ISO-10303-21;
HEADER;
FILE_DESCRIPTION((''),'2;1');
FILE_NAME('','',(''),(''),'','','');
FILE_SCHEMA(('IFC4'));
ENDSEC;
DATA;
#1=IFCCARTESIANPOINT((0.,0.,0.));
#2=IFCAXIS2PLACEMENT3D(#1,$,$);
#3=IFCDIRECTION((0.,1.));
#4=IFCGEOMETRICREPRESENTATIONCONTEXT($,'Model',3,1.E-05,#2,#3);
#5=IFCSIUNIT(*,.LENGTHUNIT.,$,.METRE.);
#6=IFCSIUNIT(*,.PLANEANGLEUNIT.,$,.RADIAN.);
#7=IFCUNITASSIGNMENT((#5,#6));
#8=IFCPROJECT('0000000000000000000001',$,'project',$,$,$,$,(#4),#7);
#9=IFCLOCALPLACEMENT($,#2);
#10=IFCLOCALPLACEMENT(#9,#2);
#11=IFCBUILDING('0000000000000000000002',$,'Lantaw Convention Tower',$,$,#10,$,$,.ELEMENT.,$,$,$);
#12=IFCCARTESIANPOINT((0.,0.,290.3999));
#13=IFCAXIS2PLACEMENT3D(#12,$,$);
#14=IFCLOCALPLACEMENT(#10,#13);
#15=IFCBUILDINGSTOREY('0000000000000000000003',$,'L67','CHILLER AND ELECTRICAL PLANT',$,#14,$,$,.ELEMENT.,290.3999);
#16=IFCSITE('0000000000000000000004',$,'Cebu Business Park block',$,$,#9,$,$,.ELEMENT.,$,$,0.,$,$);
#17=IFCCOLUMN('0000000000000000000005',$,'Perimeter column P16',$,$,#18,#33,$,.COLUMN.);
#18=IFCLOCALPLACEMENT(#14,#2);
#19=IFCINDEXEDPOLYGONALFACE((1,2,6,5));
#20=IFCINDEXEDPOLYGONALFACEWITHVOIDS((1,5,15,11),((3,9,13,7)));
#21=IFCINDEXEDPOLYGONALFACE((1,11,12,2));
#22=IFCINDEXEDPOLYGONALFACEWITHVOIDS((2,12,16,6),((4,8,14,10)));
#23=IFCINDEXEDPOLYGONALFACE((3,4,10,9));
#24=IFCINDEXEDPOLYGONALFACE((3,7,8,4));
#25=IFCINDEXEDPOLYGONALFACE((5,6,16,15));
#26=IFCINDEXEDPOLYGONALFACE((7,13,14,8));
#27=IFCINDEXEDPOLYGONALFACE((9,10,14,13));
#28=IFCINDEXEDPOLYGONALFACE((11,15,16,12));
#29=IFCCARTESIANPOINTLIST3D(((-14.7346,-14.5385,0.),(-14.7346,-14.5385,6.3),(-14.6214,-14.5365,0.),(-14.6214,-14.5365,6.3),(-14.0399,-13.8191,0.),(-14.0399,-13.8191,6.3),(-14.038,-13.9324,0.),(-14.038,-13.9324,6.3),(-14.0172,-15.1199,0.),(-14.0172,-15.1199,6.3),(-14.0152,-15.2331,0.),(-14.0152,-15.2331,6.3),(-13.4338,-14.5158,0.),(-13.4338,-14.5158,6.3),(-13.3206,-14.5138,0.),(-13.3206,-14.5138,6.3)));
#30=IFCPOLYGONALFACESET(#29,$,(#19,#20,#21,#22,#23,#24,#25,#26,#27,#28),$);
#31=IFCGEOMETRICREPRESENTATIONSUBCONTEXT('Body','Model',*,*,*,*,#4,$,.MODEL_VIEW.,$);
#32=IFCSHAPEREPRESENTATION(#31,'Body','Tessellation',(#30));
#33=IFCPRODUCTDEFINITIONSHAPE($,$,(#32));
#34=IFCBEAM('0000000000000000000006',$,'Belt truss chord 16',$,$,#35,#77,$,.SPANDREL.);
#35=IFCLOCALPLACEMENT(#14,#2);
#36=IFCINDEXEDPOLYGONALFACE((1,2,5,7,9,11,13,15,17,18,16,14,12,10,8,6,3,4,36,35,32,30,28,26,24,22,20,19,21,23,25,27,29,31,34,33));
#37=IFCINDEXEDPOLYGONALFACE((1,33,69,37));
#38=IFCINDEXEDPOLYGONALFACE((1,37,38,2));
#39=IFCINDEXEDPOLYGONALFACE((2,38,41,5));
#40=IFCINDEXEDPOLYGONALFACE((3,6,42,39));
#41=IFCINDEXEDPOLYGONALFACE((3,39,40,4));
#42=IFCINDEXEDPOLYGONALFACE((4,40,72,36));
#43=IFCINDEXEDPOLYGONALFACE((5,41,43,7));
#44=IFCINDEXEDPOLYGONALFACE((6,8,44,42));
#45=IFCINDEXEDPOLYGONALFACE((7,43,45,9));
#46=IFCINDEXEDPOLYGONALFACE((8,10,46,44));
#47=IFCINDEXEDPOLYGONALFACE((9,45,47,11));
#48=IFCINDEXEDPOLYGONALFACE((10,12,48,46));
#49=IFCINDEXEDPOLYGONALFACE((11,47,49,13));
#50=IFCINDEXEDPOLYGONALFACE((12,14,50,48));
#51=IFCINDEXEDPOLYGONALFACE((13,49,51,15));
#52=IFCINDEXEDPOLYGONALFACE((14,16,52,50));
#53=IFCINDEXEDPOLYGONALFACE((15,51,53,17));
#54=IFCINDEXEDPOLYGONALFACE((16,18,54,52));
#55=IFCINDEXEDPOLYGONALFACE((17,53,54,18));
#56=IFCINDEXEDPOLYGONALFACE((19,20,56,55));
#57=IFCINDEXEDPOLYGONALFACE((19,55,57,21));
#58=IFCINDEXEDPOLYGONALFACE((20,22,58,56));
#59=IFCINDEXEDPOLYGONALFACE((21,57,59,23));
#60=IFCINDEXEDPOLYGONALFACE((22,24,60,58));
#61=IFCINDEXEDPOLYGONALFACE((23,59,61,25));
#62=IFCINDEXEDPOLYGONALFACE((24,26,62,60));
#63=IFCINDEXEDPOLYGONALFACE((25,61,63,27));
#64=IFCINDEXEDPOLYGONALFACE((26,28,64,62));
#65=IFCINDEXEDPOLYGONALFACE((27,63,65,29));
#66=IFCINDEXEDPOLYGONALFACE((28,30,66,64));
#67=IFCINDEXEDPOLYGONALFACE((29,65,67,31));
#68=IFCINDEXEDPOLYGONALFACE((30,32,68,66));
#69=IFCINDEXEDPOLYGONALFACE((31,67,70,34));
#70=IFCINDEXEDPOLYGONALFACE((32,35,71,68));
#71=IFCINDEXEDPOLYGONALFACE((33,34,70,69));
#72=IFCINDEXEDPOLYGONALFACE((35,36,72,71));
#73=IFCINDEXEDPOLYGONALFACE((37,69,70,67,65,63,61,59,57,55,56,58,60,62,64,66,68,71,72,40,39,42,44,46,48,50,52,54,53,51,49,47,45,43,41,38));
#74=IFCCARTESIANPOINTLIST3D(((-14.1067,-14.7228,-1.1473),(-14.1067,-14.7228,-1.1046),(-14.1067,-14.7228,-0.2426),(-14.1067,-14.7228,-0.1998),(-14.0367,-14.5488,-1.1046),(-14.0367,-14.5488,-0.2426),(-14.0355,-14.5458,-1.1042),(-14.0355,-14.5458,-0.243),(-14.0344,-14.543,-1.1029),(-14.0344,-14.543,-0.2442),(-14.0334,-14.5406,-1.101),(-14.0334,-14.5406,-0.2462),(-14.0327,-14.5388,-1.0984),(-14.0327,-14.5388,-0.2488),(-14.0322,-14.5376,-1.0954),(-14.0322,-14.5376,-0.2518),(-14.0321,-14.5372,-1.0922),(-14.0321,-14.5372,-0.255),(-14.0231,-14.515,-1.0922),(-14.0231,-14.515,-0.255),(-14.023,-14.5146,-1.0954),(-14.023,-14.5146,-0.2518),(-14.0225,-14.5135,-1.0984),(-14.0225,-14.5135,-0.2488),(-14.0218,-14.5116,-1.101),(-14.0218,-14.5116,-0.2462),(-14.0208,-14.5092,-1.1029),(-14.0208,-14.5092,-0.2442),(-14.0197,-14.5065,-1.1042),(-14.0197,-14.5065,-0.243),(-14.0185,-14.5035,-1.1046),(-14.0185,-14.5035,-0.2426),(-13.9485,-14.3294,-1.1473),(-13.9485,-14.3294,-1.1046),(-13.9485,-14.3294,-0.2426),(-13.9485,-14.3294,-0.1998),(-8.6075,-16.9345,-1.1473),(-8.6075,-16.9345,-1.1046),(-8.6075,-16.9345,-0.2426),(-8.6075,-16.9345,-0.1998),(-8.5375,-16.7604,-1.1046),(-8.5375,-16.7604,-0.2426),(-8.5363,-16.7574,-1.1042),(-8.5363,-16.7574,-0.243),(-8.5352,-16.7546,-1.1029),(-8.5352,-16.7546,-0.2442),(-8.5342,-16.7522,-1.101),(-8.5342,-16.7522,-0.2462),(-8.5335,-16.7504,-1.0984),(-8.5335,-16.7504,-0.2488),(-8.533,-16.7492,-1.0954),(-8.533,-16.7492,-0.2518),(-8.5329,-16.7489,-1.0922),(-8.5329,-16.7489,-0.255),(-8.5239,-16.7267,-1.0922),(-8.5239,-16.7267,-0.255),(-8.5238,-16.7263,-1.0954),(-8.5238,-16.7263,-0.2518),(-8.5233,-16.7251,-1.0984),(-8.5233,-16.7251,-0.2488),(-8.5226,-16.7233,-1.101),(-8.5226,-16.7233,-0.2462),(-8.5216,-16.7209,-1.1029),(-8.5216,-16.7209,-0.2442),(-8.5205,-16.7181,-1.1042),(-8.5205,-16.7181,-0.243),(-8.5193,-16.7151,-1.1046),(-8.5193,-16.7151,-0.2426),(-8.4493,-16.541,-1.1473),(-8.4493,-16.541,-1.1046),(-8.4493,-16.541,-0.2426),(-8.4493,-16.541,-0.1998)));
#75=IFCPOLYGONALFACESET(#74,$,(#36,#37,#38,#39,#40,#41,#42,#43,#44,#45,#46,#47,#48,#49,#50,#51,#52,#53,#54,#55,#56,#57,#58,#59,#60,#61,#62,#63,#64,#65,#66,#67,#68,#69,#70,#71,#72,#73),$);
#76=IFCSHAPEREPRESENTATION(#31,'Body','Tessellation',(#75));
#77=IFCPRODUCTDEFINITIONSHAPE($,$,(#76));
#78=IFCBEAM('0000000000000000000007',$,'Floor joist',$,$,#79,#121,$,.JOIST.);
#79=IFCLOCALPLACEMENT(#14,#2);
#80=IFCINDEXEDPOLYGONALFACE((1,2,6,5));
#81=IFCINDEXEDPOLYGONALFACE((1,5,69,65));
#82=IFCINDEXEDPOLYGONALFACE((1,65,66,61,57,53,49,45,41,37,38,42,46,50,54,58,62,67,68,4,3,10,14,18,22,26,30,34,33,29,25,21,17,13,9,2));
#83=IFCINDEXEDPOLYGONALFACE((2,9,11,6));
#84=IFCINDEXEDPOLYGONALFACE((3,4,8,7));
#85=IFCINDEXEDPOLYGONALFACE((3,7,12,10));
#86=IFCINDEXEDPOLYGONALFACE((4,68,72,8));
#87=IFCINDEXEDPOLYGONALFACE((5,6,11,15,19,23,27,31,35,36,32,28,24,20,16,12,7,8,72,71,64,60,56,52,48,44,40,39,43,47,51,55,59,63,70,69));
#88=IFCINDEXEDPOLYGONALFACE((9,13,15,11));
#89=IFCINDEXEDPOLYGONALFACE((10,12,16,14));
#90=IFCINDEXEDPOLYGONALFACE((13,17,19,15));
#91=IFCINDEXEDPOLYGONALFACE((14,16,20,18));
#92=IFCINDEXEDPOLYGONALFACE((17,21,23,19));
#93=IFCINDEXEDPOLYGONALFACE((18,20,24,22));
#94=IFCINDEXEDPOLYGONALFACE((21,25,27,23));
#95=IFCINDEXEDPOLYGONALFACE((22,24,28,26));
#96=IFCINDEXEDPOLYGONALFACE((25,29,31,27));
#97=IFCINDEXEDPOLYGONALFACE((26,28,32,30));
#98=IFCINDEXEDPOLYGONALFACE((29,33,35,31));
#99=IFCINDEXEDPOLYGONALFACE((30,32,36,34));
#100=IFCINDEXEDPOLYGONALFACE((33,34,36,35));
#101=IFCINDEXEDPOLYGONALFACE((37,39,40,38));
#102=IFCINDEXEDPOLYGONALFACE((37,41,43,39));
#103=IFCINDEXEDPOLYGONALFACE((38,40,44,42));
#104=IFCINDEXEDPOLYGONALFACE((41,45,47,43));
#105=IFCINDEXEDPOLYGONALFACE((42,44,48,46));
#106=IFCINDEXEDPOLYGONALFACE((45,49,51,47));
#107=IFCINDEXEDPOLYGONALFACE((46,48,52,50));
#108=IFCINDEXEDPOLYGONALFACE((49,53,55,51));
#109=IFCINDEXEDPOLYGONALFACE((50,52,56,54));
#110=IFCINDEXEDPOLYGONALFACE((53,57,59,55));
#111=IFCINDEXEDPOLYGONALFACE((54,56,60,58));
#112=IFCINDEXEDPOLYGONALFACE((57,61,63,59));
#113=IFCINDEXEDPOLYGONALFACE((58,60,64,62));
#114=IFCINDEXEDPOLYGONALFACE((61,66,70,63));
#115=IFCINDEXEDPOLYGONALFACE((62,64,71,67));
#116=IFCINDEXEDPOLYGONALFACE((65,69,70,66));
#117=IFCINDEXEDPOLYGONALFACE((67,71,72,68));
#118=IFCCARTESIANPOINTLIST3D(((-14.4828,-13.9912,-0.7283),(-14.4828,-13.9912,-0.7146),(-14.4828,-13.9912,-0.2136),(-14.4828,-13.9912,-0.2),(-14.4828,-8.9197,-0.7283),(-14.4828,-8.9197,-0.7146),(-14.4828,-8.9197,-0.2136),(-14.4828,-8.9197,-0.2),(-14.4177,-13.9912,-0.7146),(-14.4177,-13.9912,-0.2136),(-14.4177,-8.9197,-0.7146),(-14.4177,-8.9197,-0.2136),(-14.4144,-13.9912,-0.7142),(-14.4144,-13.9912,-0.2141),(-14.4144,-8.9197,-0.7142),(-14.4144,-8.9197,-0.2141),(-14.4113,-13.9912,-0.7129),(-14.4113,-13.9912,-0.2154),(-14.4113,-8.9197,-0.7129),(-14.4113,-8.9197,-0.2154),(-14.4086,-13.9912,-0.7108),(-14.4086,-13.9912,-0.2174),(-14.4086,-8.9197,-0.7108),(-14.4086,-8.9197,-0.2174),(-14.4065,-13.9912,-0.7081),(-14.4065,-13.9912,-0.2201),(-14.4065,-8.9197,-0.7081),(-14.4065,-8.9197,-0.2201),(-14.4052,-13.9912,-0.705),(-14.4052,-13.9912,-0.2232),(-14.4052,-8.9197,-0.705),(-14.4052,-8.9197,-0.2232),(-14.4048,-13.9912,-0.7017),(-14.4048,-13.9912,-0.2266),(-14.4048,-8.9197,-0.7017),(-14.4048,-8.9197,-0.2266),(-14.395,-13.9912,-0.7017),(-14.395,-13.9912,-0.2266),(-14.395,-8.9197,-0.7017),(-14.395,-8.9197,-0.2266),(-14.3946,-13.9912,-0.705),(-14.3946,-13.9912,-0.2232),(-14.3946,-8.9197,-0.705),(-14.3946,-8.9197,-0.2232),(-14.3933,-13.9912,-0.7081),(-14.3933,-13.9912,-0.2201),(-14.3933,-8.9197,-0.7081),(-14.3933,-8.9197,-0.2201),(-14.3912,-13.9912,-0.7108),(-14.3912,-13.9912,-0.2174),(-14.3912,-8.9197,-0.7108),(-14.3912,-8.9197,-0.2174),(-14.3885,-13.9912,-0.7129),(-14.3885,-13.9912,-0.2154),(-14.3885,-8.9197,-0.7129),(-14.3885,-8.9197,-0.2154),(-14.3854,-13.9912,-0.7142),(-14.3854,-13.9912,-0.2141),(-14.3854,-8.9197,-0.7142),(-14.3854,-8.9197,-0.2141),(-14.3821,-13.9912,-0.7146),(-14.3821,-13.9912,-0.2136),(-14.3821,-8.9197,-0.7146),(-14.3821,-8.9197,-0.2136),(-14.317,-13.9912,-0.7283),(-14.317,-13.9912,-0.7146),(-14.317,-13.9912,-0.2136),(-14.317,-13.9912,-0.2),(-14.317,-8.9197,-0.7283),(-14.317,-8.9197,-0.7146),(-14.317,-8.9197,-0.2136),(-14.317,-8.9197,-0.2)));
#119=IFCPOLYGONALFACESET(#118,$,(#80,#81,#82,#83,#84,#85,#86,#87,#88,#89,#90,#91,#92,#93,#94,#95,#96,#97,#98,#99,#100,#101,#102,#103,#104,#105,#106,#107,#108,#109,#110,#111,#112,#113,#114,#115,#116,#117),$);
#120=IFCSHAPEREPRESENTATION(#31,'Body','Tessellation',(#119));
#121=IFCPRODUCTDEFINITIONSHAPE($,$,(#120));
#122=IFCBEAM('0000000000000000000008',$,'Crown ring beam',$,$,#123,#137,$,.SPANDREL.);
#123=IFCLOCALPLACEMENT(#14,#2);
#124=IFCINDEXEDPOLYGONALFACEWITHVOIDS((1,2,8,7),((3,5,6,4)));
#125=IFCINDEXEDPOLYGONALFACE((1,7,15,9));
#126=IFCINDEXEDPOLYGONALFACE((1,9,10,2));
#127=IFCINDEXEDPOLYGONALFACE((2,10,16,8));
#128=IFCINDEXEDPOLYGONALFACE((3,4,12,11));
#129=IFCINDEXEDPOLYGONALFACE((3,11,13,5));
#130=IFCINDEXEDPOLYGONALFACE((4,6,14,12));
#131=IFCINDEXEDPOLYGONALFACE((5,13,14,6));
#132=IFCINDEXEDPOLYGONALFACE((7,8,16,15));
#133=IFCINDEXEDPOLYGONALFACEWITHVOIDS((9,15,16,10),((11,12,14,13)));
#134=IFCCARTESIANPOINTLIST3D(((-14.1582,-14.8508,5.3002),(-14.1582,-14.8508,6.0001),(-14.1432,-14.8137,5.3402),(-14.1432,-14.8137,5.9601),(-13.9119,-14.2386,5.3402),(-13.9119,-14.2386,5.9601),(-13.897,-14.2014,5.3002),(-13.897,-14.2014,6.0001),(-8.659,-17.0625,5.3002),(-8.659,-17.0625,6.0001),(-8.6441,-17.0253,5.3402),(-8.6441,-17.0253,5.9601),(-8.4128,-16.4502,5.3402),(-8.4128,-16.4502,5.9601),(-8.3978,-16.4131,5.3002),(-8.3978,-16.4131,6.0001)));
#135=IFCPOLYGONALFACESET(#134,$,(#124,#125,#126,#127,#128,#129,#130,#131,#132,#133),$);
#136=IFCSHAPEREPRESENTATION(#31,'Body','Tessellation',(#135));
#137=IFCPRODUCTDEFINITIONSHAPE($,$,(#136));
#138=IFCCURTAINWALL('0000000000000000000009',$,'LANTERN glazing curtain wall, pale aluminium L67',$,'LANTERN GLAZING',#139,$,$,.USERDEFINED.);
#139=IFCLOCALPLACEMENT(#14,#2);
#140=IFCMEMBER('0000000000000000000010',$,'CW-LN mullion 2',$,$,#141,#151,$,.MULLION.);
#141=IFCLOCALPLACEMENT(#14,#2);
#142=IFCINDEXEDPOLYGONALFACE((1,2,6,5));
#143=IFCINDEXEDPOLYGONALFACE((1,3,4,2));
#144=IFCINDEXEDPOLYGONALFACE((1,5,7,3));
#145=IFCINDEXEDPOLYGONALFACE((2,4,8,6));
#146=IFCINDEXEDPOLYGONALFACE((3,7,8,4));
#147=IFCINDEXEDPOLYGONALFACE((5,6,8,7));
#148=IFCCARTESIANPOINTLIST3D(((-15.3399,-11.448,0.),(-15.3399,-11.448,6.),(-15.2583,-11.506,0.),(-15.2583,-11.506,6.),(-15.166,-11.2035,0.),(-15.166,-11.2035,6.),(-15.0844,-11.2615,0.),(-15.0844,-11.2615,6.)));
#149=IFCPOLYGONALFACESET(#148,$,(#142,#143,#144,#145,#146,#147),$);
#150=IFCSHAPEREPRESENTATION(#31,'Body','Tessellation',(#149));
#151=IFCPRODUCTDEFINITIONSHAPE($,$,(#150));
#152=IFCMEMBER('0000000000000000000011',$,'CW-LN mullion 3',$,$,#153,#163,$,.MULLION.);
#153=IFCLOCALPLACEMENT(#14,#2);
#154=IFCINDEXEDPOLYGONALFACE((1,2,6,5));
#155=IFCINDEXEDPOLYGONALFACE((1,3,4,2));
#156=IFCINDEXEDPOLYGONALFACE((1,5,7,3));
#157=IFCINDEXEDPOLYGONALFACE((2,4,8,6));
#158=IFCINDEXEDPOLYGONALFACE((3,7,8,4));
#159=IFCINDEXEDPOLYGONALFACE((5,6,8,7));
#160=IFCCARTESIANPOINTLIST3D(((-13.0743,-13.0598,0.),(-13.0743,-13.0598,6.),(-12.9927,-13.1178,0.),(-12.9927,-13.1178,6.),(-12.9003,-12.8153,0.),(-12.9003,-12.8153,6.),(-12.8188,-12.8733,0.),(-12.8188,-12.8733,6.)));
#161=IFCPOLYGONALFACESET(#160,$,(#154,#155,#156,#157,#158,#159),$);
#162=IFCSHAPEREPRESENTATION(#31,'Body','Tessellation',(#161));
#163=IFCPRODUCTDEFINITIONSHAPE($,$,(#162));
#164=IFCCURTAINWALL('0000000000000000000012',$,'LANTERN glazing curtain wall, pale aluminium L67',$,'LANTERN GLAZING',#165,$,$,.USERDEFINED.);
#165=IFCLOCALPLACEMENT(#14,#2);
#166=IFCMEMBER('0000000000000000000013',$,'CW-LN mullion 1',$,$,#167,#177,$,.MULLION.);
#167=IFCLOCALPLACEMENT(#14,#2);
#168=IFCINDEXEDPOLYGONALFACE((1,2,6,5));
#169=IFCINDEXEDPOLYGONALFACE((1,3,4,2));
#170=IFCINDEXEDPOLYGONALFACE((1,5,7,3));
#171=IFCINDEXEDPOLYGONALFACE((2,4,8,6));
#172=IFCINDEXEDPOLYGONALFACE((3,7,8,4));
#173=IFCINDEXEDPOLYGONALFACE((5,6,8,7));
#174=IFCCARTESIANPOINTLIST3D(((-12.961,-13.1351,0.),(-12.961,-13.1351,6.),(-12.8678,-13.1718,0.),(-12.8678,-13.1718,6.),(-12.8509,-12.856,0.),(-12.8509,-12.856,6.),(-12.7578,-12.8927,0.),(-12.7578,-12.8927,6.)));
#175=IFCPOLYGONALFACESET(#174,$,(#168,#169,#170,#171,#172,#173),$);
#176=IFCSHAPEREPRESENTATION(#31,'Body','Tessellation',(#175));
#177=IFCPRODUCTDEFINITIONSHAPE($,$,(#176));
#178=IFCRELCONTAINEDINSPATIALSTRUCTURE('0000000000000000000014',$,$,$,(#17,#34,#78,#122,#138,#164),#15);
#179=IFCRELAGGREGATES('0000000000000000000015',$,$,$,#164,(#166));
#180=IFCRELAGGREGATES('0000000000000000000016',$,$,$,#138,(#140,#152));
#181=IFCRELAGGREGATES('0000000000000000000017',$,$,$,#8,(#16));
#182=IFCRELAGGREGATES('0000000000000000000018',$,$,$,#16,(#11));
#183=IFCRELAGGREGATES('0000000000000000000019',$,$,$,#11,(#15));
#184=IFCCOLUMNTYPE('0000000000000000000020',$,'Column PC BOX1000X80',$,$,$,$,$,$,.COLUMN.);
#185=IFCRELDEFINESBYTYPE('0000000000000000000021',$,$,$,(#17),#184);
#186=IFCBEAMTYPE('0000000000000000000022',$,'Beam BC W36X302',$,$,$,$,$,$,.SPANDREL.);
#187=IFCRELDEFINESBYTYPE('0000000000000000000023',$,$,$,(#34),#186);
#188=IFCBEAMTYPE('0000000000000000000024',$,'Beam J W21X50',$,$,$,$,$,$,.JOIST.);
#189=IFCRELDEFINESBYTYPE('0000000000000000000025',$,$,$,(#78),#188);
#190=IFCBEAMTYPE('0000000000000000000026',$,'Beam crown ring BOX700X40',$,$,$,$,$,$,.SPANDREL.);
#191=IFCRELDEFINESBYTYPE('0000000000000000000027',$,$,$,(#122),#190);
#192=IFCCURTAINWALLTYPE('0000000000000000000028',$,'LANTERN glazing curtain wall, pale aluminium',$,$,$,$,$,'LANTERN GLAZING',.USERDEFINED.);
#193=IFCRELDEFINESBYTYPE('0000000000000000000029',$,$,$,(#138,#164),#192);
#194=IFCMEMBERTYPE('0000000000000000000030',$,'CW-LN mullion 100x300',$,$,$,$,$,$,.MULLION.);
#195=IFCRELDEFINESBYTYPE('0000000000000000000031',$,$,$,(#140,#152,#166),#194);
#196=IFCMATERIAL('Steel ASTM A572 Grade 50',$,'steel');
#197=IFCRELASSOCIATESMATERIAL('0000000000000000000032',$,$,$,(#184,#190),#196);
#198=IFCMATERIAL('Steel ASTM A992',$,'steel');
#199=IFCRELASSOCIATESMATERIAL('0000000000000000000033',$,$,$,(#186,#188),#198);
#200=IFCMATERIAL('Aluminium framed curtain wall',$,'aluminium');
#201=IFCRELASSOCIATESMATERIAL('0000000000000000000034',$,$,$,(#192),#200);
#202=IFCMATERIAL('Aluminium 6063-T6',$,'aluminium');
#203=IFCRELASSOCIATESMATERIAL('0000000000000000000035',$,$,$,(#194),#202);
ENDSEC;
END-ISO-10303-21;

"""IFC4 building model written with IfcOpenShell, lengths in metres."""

from ifc_helpers import new_model, si_unit, direction, frame, origin, origin_2d, place, context, subcontext, project, spatial, rectangle, hollow_rectangle, i_section, extrude, material, material_profile, profile_set, type_object, element, aggregate, save


model = new_model("IFC4")

# Units and contexts
model_context = context("Model", 3, precision=1e-05, world=origin(), true_north=direction((0.0, 1.0)))
body_context = subcontext(model_context, "Body", "Model", "MODEL_VIEW")
ifc_project = project(units=[si_unit("LENGTHUNIT", "METRE"), si_unit("PLANEANGLEUNIT", "RADIAN")], contexts=[model_context])

# Site, building, storey
site_placement = place(None, origin())
site = spatial("IfcSite", under=ifc_project, at=site_placement, Name="Cebu Business Park block", CompositionType="ELEMENT", RefElevation=0.0)
building_placement = place(site_placement, origin())
building = spatial("IfcBuilding", under=site, at=building_placement, Name="Lantaw Convention Tower", CompositionType="ELEMENT")
storey_placement = place(building_placement, frame((0.0, 0.0, 290.3999)))
storey = spatial("IfcBuildingStorey", under=building, at=storey_placement, Name="L67", Description="CHILLER AND ELECTRICAL PLANT", CompositionType="ELEMENT", Elevation=290.3999)

# Column
ifc_material_1 = material(Name="Steel ASTM A572 Grade 50", Category="steel")
ifc_material_profile_1 = material_profile(ifc_material_1, hollow_rectangle(XDim=1.0, YDim=1.0, WallThickness=0.0801, at=origin_2d()), Name="BOX1000X80")
ifc_material_2 = material(Name="Concrete C60/75", Category="concrete")
ifc_material_profile_2 = material_profile(ifc_material_2, rectangle(XDim=0.8401, YDim=0.8401, at=origin_2d()), Name="Concrete fill of BOX1000X80")
ifc_profile_set_1 = profile_set([ifc_material_profile_1, ifc_material_profile_2], Name="Steel ASTM A572 Grade 50")
column_type = type_object("IfcColumnType", Name="Column PC BOX1000X80", PredefinedType="COLUMN", material=ifc_profile_set_1)
column_placement = place(storey_placement, frame((-14.0276, -14.5261, 0.0), z_axis=(0.0, 0.0, 1.0), x_axis=(0.694658, 0.71934, 0.0)))
element("IfcColumn", 1, at=column_placement, inside=storey, type_object=column_type, Name="Perimeter column P16", PredefinedType="COLUMN", context=body_context, shape_type="SweptSolid", body=[
    extrude(hollow_rectangle(XDim=1.0, YDim=1.0, WallThickness=0.0801, at=origin_2d()), origin(), (0.0, 0.0, 1.0), 6.3),
])

# Beams
ifc_material_3 = material(Name="Steel ASTM A992", Category="steel")
ifc_material_profile_3 = material_profile(ifc_material_3, i_section(OverallWidth=0.4241, OverallDepth=0.9475, WebThickness=0.0239, FlangeThickness=0.0427, FilletRadius=0.0125, at=origin_2d()), Name="W36X302")
ifc_profile_set_2 = profile_set([ifc_material_profile_3], Name="Steel ASTM A992")
beam_type_1 = type_object("IfcBeamType", Name="Beam BC W36X302", PredefinedType="SPANDREL", material=ifc_profile_set_2)
beam_1_placement = place(storey_placement, frame((-14.0276, -14.5261, -0.6736), z_axis=(0.927779, -0.37313, 0.0), x_axis=(0.37313, 0.927779, 0.0)))
element("IfcBeam", 2, at=beam_1_placement, inside=storey, type_object=beam_type_1, Name="Belt truss chord 16", PredefinedType="SPANDREL", context=body_context, shape_type="SweptSolid", body=[
    extrude(i_section(OverallWidth=0.4241, OverallDepth=0.9475, WebThickness=0.0239, FlangeThickness=0.0427, FilletRadius=0.0125, at=origin_2d()), origin(), (0.0, 0.0, 1.0), 5.9272),
])
ifc_material_profile_4 = material_profile(ifc_material_3, i_section(OverallWidth=0.1658, OverallDepth=0.5283, WebThickness=0.0098, FlangeThickness=0.0137, FilletRadius=0.0129, at=origin_2d()), Name="W21X50")
ifc_profile_set_3 = profile_set([ifc_material_profile_4], Name="Steel ASTM A992")
beam_type_2 = type_object("IfcBeamType", Name="Beam J W21X50", PredefinedType="JOIST", material=ifc_profile_set_3)
beam_2_placement = place(storey_placement, frame((-14.3999, -13.9912, -0.4641), z_axis=(0.0, 1.0, 0.0), x_axis=(-1.0, 0.0, 0.0)))
element("IfcBeam", 3, at=beam_2_placement, inside=storey, type_object=beam_type_2, Name="Floor joist", PredefinedType="JOIST", context=body_context, shape_type="SweptSolid", body=[
    extrude(i_section(OverallWidth=0.1658, OverallDepth=0.5283, WebThickness=0.0098, FlangeThickness=0.0137, FilletRadius=0.0129, at=origin_2d()), origin(), (0.0, 0.0, 1.0), 5.0715),
])
ifc_material_profile_5 = material_profile(ifc_material_1, hollow_rectangle(XDim=0.7, YDim=0.7, WallThickness=0.04, at=origin_2d()), Name="BOX700X40")
ifc_profile_set_4 = profile_set([ifc_material_profile_5], Name="Steel ASTM A572 Grade 50")
beam_type_3 = type_object("IfcBeamType", Name="Beam crown ring BOX700X40", PredefinedType="SPANDREL", material=ifc_profile_set_4)
beam_3_placement = place(storey_placement, frame((-14.0276, -14.5261, 5.6501), z_axis=(0.927779, -0.37313, 0.0), x_axis=(0.37313, 0.927779, 0.0)))
element("IfcBeam", 4, at=beam_3_placement, inside=storey, type_object=beam_type_3, Name="Crown ring beam", PredefinedType="SPANDREL", context=body_context, shape_type="SweptSolid", body=[
    extrude(hollow_rectangle(XDim=0.7, YDim=0.7, WallThickness=0.04, at=origin_2d()), origin(), (0.0, 0.0, 1.0), 5.9272),
])

# Curtain wall, members
ifc_material_4 = material(Name="Aluminium framed curtain wall", Category="aluminium")
curtain_wall_type_1 = type_object("IfcCurtainWallType", Name="LANTERN glazing curtain wall, pale aluminium", ElementType="LANTERN GLAZING", PredefinedType="USERDEFINED", material=ifc_material_4)
curtain_wall_1_placement = place(storey_placement, origin())
curtain_wall_1 = element("IfcCurtainWall", 5, at=curtain_wall_1_placement, inside=storey, type_object=curtain_wall_type_1, Name="LANTERN glazing curtain wall, pale aluminium L67", ObjectType="LANTERN GLAZING", PredefinedType="USERDEFINED")
ifc_material_5 = material(Name="Aluminium 6063-T6", Category="aluminium")
ifc_material_profile_6 = material_profile(ifc_material_5, rectangle(XDim=0.3, YDim=0.1001, at=origin_2d()), Name="CW-LN mullion 100x300")
ifc_profile_set_5 = profile_set([ifc_material_profile_6], Name="Aluminium 6063-T6")
member_type_1 = type_object("IfcMemberType", Name="CW-LN mullion 100x300", PredefinedType="MULLION", material=ifc_profile_set_5)
member_1_placement = place(storey_placement, frame((-15.2122, -11.3547, 0.0), z_axis=(0.0, 0.0, 1.0), x_axis=(0.579684, 0.814841, 0.0)))
member_1 = element("IfcMember", 6, at=member_1_placement, type_object=member_type_1, Name="CW-LN mullion 2", PredefinedType="MULLION", context=body_context, shape_type="SweptSolid", body=[
    extrude(rectangle(XDim=0.3, YDim=0.1001, at=origin_2d()), origin(), (0.0, 0.0, 1.0), 6.0),
])
member_2_placement = place(storey_placement, frame((-12.9465, -12.9666, 0.0), z_axis=(0.0, 0.0, 1.0), x_axis=(0.579684, 0.814841, 0.0)))
member_2 = element("IfcMember", 7, at=member_2_placement, type_object=member_type_1, Name="CW-LN mullion 3", PredefinedType="MULLION", context=body_context, shape_type="SweptSolid", body=[
    extrude(rectangle(XDim=0.3, YDim=0.1001, at=origin_2d()), origin(), (0.0, 0.0, 1.0), 6.0),
])

# Curtain wall, member
curtain_wall_2_placement = place(storey_placement, origin())
curtain_wall_2 = element("IfcCurtainWall", 8, at=curtain_wall_2_placement, inside=storey, type_object=curtain_wall_type_1, Name="LANTERN glazing curtain wall, pale aluminium L67", ObjectType="LANTERN GLAZING", PredefinedType="USERDEFINED")
member_3_placement = place(storey_placement, frame((-12.8594, -13.0139, 0.0), z_axis=(0.0, 0.0, 1.0), x_axis=(0.366802, 0.930299, 0.0)))
member_3 = element("IfcMember", 9, at=member_3_placement, type_object=member_type_1, Name="CW-LN mullion 1", PredefinedType="MULLION", context=body_context, shape_type="SweptSolid", body=[
    extrude(rectangle(XDim=0.3, YDim=0.1001, at=origin_2d()), origin(), (0.0, 0.0, 1.0), 6.0),
])

aggregate(curtain_wall_2, [member_3])

aggregate(curtain_wall_1, [member_1, member_2])

save(model, "model.ifc")
